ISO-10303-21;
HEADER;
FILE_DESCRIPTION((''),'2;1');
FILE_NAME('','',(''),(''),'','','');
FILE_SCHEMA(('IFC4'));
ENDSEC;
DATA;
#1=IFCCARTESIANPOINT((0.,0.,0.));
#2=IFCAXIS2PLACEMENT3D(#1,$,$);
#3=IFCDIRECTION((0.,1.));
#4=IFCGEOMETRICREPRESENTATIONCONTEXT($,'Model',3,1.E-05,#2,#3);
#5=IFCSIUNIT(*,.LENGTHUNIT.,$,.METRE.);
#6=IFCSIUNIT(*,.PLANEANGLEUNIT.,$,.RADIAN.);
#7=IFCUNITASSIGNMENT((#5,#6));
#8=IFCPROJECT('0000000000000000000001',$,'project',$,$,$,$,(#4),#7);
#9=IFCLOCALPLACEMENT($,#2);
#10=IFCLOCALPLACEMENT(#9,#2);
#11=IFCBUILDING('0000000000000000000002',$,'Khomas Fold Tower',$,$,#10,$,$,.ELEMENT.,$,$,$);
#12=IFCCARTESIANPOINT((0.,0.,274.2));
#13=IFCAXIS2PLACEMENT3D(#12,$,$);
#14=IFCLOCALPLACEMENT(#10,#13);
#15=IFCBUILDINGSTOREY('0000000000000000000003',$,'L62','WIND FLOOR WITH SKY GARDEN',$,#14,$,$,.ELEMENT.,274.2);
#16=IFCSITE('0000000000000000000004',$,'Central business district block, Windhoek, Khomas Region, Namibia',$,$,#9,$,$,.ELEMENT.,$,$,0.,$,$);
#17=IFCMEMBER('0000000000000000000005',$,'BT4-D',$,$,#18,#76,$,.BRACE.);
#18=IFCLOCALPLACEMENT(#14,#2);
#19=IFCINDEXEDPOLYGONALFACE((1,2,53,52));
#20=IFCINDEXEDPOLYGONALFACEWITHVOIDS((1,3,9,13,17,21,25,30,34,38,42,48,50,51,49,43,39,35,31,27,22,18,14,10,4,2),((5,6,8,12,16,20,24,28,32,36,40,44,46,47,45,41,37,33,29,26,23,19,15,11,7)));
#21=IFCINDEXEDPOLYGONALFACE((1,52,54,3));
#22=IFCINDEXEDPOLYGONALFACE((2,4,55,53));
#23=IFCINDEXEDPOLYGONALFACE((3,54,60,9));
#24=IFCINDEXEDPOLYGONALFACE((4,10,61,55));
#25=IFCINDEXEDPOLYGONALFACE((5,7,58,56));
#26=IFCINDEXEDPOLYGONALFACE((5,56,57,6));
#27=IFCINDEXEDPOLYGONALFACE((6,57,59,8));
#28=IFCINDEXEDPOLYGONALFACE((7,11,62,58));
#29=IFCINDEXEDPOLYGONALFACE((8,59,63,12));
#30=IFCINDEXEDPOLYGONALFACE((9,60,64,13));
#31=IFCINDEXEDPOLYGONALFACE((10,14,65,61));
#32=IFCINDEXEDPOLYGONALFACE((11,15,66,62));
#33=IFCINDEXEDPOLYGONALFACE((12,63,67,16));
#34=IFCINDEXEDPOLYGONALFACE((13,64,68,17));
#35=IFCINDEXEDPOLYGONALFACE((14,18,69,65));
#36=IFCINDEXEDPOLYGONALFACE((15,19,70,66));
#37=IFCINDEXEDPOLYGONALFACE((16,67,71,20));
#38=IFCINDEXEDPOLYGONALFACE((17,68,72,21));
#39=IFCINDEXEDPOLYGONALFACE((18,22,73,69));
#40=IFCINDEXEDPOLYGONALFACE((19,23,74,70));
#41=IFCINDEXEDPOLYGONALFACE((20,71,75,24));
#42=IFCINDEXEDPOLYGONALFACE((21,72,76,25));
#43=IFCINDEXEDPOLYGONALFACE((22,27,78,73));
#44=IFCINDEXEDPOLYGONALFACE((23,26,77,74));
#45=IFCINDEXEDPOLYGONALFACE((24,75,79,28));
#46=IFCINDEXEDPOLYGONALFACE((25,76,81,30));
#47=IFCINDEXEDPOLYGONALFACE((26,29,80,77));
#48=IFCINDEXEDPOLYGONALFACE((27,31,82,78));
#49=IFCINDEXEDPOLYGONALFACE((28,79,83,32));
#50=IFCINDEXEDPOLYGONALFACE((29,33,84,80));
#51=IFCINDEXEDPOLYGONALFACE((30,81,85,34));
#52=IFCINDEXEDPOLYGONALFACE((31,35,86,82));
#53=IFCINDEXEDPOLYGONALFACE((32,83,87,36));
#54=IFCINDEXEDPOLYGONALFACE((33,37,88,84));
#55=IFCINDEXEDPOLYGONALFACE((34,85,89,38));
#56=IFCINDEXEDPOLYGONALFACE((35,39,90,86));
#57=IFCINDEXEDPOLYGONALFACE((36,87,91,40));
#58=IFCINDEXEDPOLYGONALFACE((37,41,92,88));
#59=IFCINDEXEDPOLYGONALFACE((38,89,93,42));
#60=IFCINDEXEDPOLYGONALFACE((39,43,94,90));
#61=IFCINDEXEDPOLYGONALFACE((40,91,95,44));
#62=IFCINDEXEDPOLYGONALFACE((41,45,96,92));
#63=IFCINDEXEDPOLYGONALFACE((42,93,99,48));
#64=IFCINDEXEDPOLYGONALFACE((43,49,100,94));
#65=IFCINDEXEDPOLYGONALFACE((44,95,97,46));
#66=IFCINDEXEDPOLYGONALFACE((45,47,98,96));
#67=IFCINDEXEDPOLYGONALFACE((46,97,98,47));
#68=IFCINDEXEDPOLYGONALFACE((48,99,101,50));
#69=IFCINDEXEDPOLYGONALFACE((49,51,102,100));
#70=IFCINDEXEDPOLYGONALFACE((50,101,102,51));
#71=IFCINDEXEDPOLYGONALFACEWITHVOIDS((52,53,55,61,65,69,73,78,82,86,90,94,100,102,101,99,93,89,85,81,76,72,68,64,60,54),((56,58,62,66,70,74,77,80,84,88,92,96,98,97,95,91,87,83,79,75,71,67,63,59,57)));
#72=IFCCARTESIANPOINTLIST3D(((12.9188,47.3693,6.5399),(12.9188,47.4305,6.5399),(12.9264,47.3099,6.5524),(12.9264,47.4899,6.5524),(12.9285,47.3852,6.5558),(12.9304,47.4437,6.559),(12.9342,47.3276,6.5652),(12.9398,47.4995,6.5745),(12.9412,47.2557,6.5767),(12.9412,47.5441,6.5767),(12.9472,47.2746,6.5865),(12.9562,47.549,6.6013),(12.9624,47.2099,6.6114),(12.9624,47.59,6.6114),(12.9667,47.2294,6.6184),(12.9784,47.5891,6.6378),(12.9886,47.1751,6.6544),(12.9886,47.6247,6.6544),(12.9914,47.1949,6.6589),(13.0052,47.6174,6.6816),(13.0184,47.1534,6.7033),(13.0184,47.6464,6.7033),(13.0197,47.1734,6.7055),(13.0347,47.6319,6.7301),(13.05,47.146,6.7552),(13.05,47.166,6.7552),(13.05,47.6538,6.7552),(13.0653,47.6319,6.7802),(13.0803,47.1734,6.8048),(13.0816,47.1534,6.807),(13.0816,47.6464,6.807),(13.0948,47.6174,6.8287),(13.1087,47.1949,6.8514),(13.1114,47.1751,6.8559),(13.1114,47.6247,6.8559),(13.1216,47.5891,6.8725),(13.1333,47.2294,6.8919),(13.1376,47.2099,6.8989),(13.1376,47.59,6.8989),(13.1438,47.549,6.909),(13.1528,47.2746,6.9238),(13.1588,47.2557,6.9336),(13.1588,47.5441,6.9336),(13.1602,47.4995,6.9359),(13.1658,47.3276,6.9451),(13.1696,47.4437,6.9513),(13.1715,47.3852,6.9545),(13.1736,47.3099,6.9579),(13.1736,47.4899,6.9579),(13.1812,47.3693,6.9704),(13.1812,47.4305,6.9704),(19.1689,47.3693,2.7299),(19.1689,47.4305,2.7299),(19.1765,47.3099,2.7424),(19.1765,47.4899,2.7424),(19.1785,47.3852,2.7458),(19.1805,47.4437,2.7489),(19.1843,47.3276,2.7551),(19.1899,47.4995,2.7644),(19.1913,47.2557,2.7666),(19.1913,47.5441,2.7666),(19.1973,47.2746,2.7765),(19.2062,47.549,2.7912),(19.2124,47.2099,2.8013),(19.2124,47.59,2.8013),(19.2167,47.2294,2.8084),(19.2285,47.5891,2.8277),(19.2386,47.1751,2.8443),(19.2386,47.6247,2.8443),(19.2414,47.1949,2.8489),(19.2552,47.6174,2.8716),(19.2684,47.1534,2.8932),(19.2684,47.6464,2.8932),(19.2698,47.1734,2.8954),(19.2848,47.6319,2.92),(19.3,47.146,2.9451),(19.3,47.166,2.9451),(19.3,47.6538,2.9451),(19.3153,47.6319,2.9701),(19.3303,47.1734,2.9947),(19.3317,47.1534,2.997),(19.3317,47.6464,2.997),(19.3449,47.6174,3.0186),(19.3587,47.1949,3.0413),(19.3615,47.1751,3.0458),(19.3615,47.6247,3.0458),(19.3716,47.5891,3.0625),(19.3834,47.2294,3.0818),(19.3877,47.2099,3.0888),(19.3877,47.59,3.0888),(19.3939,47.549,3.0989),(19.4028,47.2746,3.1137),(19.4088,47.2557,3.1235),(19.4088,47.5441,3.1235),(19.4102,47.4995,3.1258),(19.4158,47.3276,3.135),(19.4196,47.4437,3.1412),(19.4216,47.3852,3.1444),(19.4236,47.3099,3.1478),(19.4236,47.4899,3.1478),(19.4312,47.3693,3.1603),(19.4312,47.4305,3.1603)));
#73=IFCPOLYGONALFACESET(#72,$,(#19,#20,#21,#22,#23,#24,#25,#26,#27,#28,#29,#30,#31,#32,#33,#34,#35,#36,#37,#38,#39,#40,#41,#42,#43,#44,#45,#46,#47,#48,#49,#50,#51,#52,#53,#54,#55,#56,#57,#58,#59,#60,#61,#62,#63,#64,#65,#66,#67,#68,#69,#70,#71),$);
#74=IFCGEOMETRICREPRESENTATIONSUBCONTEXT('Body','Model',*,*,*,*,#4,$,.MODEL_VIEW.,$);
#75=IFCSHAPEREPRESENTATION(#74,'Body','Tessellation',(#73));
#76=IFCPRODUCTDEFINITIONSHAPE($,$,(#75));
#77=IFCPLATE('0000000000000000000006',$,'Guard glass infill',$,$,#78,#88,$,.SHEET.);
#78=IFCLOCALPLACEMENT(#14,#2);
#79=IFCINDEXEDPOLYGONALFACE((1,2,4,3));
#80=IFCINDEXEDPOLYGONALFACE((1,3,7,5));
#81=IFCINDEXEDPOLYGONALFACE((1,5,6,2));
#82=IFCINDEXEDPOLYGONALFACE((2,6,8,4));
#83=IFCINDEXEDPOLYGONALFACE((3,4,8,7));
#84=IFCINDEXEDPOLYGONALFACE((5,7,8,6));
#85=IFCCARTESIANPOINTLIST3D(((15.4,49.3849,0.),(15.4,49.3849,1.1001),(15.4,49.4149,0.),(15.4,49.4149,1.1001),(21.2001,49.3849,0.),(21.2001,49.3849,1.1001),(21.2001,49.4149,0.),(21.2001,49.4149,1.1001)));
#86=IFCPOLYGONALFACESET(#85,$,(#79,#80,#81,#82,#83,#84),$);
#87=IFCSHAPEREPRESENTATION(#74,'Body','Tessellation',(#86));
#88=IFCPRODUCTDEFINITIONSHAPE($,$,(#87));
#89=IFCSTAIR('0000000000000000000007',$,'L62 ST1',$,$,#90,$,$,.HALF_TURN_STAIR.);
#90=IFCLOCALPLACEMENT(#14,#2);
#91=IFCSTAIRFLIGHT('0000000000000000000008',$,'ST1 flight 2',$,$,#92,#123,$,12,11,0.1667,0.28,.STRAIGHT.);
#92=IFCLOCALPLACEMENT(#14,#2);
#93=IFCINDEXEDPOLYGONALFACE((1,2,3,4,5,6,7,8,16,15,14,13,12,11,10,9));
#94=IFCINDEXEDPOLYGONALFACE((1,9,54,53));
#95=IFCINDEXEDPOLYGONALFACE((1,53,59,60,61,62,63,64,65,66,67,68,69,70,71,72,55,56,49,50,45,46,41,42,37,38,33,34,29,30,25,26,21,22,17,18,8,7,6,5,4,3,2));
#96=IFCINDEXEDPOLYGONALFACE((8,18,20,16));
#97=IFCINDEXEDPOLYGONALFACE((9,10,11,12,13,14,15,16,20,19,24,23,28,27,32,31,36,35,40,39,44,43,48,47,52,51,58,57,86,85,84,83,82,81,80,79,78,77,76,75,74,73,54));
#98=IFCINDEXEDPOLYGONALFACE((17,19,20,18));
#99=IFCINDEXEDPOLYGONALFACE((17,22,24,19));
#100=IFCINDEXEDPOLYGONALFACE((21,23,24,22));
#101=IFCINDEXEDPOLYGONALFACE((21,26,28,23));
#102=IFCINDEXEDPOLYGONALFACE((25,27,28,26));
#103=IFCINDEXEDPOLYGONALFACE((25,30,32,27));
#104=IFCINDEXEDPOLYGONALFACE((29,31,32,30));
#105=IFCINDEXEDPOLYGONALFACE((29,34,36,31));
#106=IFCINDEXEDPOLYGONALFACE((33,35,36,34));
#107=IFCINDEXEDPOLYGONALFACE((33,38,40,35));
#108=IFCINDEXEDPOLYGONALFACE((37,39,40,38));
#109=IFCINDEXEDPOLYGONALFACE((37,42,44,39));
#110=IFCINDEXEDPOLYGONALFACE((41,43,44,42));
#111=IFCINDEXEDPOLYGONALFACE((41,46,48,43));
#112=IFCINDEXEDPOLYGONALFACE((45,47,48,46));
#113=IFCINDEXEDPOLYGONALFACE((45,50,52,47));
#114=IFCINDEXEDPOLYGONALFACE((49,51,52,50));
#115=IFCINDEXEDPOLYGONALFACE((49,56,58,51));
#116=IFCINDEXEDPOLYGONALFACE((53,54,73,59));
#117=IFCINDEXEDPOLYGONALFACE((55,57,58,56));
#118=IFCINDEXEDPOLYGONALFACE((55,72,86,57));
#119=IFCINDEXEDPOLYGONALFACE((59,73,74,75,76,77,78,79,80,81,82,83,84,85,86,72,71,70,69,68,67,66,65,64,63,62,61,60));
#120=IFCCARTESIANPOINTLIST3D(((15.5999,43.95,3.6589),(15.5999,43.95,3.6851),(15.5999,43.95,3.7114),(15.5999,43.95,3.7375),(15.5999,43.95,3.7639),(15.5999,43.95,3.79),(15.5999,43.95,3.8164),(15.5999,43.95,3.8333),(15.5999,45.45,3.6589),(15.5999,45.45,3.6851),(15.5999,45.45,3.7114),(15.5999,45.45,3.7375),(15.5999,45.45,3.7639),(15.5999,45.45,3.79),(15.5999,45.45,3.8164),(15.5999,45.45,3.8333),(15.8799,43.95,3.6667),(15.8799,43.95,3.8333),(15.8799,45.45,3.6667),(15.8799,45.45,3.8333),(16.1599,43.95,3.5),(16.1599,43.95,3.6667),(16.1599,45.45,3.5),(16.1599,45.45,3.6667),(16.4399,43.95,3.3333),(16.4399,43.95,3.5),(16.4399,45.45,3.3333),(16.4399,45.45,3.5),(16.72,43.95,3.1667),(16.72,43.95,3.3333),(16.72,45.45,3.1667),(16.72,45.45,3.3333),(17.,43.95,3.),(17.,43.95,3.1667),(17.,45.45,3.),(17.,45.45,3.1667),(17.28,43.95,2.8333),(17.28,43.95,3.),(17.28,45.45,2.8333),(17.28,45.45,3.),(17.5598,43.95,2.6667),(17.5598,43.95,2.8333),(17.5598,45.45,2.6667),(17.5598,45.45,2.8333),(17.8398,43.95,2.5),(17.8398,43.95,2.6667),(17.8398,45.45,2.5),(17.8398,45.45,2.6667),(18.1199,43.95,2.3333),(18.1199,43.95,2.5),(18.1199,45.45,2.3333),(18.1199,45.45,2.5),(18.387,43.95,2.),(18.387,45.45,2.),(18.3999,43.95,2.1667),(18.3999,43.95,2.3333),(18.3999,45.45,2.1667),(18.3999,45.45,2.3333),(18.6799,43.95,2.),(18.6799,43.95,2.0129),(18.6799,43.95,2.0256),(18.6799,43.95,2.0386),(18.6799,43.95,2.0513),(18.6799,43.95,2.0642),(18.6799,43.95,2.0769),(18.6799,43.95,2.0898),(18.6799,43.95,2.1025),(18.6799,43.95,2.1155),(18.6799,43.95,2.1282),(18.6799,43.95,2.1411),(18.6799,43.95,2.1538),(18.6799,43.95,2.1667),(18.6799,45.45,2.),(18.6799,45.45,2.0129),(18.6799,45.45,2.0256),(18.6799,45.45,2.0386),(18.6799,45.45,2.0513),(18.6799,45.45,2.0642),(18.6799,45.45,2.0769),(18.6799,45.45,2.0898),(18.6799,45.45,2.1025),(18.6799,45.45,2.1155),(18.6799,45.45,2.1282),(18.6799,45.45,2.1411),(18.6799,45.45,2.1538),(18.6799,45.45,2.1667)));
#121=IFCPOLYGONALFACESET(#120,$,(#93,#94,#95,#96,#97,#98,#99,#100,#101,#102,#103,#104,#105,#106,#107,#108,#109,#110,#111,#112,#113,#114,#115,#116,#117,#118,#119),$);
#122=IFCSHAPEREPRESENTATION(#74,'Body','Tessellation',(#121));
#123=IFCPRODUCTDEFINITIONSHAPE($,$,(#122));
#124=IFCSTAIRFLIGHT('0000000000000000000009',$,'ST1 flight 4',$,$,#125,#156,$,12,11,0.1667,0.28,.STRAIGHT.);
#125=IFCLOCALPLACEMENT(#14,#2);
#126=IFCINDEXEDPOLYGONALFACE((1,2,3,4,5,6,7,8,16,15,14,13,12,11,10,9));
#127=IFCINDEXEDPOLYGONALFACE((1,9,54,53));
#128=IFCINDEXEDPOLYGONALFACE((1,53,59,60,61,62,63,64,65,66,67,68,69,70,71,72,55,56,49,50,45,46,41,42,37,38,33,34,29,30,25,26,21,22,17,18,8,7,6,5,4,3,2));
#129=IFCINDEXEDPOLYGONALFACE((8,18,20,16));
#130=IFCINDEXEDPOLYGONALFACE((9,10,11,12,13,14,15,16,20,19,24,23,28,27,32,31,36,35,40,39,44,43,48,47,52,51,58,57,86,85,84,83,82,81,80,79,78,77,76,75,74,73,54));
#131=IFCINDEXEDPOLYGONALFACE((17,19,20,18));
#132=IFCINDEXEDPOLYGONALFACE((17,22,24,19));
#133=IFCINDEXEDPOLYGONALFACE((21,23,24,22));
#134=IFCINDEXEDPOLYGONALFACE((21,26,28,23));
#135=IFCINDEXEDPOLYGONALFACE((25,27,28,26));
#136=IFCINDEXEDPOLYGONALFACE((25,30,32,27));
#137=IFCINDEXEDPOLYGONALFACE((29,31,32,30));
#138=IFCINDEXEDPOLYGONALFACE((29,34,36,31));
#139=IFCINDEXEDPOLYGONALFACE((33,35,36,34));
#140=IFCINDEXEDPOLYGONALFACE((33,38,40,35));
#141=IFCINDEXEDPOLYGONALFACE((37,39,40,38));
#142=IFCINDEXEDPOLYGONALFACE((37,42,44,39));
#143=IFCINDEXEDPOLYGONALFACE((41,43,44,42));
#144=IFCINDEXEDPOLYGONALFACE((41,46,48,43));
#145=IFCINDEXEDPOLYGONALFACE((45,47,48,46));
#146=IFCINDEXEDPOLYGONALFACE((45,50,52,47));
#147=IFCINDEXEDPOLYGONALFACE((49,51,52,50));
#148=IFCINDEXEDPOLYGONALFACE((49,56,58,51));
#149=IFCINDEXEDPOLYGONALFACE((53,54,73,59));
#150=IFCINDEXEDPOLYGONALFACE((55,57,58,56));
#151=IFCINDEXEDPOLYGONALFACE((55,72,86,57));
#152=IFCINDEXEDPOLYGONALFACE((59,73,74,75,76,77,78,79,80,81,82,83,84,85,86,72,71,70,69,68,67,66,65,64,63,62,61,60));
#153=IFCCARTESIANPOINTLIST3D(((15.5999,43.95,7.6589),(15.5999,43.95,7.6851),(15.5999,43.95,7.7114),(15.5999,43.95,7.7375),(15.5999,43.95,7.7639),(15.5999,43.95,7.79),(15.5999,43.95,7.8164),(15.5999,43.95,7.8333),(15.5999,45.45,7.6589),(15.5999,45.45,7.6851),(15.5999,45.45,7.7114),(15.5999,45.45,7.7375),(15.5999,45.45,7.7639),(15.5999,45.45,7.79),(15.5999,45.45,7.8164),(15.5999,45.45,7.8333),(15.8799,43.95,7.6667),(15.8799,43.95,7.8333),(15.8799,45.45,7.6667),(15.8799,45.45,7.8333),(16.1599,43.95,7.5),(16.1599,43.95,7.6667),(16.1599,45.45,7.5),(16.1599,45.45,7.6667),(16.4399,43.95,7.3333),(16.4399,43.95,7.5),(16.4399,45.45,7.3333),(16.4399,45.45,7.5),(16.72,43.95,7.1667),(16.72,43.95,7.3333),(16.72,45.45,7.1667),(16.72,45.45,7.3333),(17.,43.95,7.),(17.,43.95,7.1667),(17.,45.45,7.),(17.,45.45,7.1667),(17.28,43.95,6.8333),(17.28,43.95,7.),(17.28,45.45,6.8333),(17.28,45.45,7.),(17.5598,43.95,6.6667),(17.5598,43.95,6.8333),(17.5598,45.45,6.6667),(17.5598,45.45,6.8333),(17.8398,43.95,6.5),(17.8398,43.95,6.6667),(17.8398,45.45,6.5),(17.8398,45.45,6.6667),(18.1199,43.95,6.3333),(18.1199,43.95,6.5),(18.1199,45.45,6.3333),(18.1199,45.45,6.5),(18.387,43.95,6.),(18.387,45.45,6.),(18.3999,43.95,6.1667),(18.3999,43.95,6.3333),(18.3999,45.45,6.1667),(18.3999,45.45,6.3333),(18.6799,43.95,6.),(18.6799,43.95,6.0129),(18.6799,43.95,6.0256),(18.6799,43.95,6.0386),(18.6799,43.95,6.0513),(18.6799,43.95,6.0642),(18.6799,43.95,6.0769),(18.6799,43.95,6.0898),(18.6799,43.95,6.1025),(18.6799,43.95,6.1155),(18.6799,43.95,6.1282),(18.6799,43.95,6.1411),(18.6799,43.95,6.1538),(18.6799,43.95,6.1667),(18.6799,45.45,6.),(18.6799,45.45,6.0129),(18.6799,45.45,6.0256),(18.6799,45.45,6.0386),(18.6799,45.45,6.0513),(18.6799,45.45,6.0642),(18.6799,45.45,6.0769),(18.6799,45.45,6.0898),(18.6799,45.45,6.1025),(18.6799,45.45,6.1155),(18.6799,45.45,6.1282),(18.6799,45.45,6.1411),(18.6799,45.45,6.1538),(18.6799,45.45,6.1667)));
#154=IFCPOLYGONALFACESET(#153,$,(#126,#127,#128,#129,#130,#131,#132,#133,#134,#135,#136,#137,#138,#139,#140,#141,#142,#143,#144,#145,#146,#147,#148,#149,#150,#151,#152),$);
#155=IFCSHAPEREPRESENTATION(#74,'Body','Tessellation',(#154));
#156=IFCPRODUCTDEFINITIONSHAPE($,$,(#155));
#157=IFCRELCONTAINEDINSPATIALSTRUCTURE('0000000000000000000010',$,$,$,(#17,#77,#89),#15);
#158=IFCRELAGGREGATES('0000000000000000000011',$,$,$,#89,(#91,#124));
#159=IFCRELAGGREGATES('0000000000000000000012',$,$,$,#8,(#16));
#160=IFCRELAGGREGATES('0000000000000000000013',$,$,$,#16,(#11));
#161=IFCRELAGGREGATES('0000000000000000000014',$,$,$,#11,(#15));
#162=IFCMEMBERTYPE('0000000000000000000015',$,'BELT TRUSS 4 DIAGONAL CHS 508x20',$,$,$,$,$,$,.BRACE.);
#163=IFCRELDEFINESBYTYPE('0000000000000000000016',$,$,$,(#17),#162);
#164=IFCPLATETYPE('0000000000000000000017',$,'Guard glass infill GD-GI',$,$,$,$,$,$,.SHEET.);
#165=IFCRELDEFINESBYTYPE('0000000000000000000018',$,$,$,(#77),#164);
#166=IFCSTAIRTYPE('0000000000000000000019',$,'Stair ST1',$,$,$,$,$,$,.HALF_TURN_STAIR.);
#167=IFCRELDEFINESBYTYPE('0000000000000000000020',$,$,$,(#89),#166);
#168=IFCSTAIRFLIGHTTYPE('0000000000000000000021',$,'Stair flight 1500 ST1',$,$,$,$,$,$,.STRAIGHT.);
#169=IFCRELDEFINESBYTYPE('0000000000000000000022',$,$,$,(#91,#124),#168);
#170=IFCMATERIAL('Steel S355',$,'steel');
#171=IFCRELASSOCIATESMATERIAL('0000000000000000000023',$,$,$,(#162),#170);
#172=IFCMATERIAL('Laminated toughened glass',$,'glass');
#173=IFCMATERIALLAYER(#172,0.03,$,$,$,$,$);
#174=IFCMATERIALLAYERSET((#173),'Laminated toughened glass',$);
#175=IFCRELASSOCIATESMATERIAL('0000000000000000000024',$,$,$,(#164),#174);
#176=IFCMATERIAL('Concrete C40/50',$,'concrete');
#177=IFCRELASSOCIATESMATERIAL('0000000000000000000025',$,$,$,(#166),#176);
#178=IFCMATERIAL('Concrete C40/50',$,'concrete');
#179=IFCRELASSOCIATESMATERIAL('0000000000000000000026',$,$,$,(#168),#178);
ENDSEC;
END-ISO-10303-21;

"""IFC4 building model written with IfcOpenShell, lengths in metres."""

from ifc_helpers import new_model, si_unit, direction, frame, origin, origin_2d, place, context, subcontext, project, spatial, polyline, rectangle, hollow_circle, outline, extrude, source, transform, mapped, material, layer, layer_set, material_profile, profile_set, type_object, element, aggregate, save


model = new_model("IFC4")

# Units and contexts
model_context = context("Model", 3, precision=1e-05, world=origin(), true_north=direction((0.0, 1.0)))
body_context = subcontext(model_context, "Body", "Model", "MODEL_VIEW")
ifc_project = project(units=[si_unit("LENGTHUNIT", "METRE"), si_unit("PLANEANGLEUNIT", "RADIAN")], contexts=[model_context])

# Site, building, storey
site_placement = place(None, origin())
site = spatial("IfcSite", under=ifc_project, at=site_placement, Name="Central business district block, Windhoek, Khomas Region, Namibia", CompositionType="ELEMENT", RefElevation=0.0)
building_placement = place(site_placement, origin())
building = spatial("IfcBuilding", under=site, at=building_placement, Name="Khomas Fold Tower", CompositionType="ELEMENT")
storey_placement = place(building_placement, frame((0.0, 0.0, 274.2)))
storey = spatial("IfcBuildingStorey", under=building, at=storey_placement, Name="L62", Description="WIND FLOOR WITH SKY GARDEN", CompositionType="ELEMENT", Elevation=274.2)

# Member
ifc_material_1 = material(Name="Steel S355", Category="steel")
ifc_material_profile_1 = material_profile(ifc_material_1, hollow_circle(Radius=0.2539, WallThickness=0.02, at=origin_2d()), Name="CHS 508x20")
ifc_profile_set_1 = profile_set([ifc_material_profile_1], Name="Steel S355")
member_type_1 = type_object("IfcMemberType", Name="BELT TRUSS 4 DIAGONAL CHS 508x20", PredefinedType="BRACE", material=ifc_profile_set_1)
shared_shape_1 = source(origin(), body_context, "Body", "SweptSolid", [
    extrude(hollow_circle(Radius=0.2539, WallThickness=0.02, at=origin_2d()), origin(), (0.0, 0.0, 1.0), 7.3198),
])
member_1_placement = place(storey_placement, frame((19.3, 47.3999, 2.9451), z_axis=(-0.853852, 0.0, 0.520516), x_axis=(0.0, -1.0, 0.0)))
element("IfcMember", 1, at=member_1_placement, inside=storey, type_object=member_type_1, Name="BT4-D", PredefinedType="BRACE", context=body_context, shape_type="MappedRepresentation", body=[
    mapped(shared_shape_1, transform((0.0, 0.0, 0.0))),
])

# Plate
ifc_material_2 = material(Name="Laminated toughened glass", Category="glass")
ifc_layer_1 = layer(ifc_material_2, 0.03)
ifc_layer_set_1 = layer_set([ifc_layer_1], Name="Laminated toughened glass")
plate_type = type_object("IfcPlateType", Name="Guard glass infill GD-GI", PredefinedType="SHEET", material=ifc_layer_set_1)
shared_shape_2 = source(origin(), body_context, "Body", "SweptSolid", [
    extrude(rectangle(XDim=5.8, YDim=0.03, at=origin_2d()), origin(), (0.0, 0.0, 1.0), 1.1001),
])
plate_placement = place(storey_placement, frame((18.3, 49.3999, 0.0), z_axis=(0.0, 0.0, 1.0), x_axis=(1.0, 0.0, 0.0)))
element("IfcPlate", 2, at=plate_placement, inside=storey, type_object=plate_type, Name="Guard glass infill", PredefinedType="SHEET", context=body_context, shape_type="MappedRepresentation", body=[
    mapped(shared_shape_2, transform((0.0, 0.0, 0.0))),
])

# Stair, stair flights
ifc_material_3 = material(Name="Concrete C40/50", Category="concrete")
stair_type = type_object("IfcStairType", Name="Stair ST1", PredefinedType="HALF_TURN_STAIR", material=ifc_material_3)
stair_placement = place(storey_placement, origin())
stair = element("IfcStair", 3, at=stair_placement, inside=storey, type_object=stair_type, Name="L62 ST1", PredefinedType="HALF_TURN_STAIR")
ifc_material_4 = material(Name="Concrete C40/50", Category="concrete")
stair_flight_type = type_object("IfcStairFlightType", Name="Stair flight 1500 ST1", PredefinedType="STRAIGHT", material=ifc_material_4)
shared_shape_3 = source(origin(), body_context, "Body", "SweptSolid", [
    extrude(outline(polyline([(0.0, 0.0), (0.0, 0.0129), (0.0, 0.0256), (0.0, 0.0386), (0.0, 0.0513), (0.0, 0.0642), (0.0, 0.0769), (0.0, 0.0898), (0.0, 0.1025), (0.0, 0.1155), (0.0, 0.1282), (0.0, 0.1411), (0.0, 0.1538), (0.0, 0.1667), (0.28, 0.1667), (0.28, 0.3333), (0.5601, 0.3333), (0.5601, 0.5), (0.8401, 0.5), (0.8401, 0.6667), (1.1201, 0.6667), (1.1201, 0.8333), (1.3999, 0.8333), (1.3999, 1.0), (1.6799, 1.0), (1.6799, 1.1667), (1.96, 1.1667), (1.96, 1.3333), (2.24, 1.3333), (2.24, 1.5), (2.52, 1.5), (2.52, 1.6667), (2.8, 1.6667), (2.8, 1.8333), (3.0801, 1.8333), (3.0801, 2.0), (3.0801, 1.9739), (3.0801, 1.9475), (3.0801, 1.9214), (3.0801, 1.895), (3.0801, 1.8689), (3.0801, 1.8425), (3.0801, 1.8164), (3.0801, 1.79), (3.0801, 1.7639), (3.0801, 1.7375), (3.0801, 1.7114), (3.0801, 1.6851), (3.0801, 1.6589), (0.293, 0.0), (0.0, 0.0)])), frame((0.0, 0.75, 0.0), z_axis=(0.0, -1.0, 0.0), x_axis=(1.0, 0.0, 0.0)), (0.0, 0.0, 1.0), 1.5),
])
stair_flight_1_placement = place(storey_placement, frame((18.6799, 44.7, 2.0), z_axis=(0.0, 0.0, 1.0), x_axis=(-1.0, 0.0, 0.0)))
stair_flight_1 = element("IfcStairFlight", 4, at=stair_flight_1_placement, type_object=stair_flight_type, Name="ST1 flight 2", NumberOfRisers=12, NumberOfTreads=11, PredefinedType="STRAIGHT", RiserHeight=0.1667, TreadLength=0.28, context=body_context, shape_type="MappedRepresentation", body=[
    mapped(shared_shape_3, transform((0.0, 0.0, 0.0))),
])
stair_flight_2_placement = place(storey_placement, frame((18.6799, 44.7, 6.0), z_axis=(0.0, 0.0, 1.0), x_axis=(-1.0, 0.0, 0.0)))
stair_flight_2 = element("IfcStairFlight", 5, at=stair_flight_2_placement, type_object=stair_flight_type, Name="ST1 flight 4", NumberOfRisers=12, NumberOfTreads=11, PredefinedType="STRAIGHT", RiserHeight=0.1667, TreadLength=0.28, context=body_context, shape_type="MappedRepresentation", body=[
    mapped(shared_shape_3, transform((0.0, 0.0, 0.0))),
])
aggregate(stair, [stair_flight_1, stair_flight_2])

save(model, "model.ifc")
